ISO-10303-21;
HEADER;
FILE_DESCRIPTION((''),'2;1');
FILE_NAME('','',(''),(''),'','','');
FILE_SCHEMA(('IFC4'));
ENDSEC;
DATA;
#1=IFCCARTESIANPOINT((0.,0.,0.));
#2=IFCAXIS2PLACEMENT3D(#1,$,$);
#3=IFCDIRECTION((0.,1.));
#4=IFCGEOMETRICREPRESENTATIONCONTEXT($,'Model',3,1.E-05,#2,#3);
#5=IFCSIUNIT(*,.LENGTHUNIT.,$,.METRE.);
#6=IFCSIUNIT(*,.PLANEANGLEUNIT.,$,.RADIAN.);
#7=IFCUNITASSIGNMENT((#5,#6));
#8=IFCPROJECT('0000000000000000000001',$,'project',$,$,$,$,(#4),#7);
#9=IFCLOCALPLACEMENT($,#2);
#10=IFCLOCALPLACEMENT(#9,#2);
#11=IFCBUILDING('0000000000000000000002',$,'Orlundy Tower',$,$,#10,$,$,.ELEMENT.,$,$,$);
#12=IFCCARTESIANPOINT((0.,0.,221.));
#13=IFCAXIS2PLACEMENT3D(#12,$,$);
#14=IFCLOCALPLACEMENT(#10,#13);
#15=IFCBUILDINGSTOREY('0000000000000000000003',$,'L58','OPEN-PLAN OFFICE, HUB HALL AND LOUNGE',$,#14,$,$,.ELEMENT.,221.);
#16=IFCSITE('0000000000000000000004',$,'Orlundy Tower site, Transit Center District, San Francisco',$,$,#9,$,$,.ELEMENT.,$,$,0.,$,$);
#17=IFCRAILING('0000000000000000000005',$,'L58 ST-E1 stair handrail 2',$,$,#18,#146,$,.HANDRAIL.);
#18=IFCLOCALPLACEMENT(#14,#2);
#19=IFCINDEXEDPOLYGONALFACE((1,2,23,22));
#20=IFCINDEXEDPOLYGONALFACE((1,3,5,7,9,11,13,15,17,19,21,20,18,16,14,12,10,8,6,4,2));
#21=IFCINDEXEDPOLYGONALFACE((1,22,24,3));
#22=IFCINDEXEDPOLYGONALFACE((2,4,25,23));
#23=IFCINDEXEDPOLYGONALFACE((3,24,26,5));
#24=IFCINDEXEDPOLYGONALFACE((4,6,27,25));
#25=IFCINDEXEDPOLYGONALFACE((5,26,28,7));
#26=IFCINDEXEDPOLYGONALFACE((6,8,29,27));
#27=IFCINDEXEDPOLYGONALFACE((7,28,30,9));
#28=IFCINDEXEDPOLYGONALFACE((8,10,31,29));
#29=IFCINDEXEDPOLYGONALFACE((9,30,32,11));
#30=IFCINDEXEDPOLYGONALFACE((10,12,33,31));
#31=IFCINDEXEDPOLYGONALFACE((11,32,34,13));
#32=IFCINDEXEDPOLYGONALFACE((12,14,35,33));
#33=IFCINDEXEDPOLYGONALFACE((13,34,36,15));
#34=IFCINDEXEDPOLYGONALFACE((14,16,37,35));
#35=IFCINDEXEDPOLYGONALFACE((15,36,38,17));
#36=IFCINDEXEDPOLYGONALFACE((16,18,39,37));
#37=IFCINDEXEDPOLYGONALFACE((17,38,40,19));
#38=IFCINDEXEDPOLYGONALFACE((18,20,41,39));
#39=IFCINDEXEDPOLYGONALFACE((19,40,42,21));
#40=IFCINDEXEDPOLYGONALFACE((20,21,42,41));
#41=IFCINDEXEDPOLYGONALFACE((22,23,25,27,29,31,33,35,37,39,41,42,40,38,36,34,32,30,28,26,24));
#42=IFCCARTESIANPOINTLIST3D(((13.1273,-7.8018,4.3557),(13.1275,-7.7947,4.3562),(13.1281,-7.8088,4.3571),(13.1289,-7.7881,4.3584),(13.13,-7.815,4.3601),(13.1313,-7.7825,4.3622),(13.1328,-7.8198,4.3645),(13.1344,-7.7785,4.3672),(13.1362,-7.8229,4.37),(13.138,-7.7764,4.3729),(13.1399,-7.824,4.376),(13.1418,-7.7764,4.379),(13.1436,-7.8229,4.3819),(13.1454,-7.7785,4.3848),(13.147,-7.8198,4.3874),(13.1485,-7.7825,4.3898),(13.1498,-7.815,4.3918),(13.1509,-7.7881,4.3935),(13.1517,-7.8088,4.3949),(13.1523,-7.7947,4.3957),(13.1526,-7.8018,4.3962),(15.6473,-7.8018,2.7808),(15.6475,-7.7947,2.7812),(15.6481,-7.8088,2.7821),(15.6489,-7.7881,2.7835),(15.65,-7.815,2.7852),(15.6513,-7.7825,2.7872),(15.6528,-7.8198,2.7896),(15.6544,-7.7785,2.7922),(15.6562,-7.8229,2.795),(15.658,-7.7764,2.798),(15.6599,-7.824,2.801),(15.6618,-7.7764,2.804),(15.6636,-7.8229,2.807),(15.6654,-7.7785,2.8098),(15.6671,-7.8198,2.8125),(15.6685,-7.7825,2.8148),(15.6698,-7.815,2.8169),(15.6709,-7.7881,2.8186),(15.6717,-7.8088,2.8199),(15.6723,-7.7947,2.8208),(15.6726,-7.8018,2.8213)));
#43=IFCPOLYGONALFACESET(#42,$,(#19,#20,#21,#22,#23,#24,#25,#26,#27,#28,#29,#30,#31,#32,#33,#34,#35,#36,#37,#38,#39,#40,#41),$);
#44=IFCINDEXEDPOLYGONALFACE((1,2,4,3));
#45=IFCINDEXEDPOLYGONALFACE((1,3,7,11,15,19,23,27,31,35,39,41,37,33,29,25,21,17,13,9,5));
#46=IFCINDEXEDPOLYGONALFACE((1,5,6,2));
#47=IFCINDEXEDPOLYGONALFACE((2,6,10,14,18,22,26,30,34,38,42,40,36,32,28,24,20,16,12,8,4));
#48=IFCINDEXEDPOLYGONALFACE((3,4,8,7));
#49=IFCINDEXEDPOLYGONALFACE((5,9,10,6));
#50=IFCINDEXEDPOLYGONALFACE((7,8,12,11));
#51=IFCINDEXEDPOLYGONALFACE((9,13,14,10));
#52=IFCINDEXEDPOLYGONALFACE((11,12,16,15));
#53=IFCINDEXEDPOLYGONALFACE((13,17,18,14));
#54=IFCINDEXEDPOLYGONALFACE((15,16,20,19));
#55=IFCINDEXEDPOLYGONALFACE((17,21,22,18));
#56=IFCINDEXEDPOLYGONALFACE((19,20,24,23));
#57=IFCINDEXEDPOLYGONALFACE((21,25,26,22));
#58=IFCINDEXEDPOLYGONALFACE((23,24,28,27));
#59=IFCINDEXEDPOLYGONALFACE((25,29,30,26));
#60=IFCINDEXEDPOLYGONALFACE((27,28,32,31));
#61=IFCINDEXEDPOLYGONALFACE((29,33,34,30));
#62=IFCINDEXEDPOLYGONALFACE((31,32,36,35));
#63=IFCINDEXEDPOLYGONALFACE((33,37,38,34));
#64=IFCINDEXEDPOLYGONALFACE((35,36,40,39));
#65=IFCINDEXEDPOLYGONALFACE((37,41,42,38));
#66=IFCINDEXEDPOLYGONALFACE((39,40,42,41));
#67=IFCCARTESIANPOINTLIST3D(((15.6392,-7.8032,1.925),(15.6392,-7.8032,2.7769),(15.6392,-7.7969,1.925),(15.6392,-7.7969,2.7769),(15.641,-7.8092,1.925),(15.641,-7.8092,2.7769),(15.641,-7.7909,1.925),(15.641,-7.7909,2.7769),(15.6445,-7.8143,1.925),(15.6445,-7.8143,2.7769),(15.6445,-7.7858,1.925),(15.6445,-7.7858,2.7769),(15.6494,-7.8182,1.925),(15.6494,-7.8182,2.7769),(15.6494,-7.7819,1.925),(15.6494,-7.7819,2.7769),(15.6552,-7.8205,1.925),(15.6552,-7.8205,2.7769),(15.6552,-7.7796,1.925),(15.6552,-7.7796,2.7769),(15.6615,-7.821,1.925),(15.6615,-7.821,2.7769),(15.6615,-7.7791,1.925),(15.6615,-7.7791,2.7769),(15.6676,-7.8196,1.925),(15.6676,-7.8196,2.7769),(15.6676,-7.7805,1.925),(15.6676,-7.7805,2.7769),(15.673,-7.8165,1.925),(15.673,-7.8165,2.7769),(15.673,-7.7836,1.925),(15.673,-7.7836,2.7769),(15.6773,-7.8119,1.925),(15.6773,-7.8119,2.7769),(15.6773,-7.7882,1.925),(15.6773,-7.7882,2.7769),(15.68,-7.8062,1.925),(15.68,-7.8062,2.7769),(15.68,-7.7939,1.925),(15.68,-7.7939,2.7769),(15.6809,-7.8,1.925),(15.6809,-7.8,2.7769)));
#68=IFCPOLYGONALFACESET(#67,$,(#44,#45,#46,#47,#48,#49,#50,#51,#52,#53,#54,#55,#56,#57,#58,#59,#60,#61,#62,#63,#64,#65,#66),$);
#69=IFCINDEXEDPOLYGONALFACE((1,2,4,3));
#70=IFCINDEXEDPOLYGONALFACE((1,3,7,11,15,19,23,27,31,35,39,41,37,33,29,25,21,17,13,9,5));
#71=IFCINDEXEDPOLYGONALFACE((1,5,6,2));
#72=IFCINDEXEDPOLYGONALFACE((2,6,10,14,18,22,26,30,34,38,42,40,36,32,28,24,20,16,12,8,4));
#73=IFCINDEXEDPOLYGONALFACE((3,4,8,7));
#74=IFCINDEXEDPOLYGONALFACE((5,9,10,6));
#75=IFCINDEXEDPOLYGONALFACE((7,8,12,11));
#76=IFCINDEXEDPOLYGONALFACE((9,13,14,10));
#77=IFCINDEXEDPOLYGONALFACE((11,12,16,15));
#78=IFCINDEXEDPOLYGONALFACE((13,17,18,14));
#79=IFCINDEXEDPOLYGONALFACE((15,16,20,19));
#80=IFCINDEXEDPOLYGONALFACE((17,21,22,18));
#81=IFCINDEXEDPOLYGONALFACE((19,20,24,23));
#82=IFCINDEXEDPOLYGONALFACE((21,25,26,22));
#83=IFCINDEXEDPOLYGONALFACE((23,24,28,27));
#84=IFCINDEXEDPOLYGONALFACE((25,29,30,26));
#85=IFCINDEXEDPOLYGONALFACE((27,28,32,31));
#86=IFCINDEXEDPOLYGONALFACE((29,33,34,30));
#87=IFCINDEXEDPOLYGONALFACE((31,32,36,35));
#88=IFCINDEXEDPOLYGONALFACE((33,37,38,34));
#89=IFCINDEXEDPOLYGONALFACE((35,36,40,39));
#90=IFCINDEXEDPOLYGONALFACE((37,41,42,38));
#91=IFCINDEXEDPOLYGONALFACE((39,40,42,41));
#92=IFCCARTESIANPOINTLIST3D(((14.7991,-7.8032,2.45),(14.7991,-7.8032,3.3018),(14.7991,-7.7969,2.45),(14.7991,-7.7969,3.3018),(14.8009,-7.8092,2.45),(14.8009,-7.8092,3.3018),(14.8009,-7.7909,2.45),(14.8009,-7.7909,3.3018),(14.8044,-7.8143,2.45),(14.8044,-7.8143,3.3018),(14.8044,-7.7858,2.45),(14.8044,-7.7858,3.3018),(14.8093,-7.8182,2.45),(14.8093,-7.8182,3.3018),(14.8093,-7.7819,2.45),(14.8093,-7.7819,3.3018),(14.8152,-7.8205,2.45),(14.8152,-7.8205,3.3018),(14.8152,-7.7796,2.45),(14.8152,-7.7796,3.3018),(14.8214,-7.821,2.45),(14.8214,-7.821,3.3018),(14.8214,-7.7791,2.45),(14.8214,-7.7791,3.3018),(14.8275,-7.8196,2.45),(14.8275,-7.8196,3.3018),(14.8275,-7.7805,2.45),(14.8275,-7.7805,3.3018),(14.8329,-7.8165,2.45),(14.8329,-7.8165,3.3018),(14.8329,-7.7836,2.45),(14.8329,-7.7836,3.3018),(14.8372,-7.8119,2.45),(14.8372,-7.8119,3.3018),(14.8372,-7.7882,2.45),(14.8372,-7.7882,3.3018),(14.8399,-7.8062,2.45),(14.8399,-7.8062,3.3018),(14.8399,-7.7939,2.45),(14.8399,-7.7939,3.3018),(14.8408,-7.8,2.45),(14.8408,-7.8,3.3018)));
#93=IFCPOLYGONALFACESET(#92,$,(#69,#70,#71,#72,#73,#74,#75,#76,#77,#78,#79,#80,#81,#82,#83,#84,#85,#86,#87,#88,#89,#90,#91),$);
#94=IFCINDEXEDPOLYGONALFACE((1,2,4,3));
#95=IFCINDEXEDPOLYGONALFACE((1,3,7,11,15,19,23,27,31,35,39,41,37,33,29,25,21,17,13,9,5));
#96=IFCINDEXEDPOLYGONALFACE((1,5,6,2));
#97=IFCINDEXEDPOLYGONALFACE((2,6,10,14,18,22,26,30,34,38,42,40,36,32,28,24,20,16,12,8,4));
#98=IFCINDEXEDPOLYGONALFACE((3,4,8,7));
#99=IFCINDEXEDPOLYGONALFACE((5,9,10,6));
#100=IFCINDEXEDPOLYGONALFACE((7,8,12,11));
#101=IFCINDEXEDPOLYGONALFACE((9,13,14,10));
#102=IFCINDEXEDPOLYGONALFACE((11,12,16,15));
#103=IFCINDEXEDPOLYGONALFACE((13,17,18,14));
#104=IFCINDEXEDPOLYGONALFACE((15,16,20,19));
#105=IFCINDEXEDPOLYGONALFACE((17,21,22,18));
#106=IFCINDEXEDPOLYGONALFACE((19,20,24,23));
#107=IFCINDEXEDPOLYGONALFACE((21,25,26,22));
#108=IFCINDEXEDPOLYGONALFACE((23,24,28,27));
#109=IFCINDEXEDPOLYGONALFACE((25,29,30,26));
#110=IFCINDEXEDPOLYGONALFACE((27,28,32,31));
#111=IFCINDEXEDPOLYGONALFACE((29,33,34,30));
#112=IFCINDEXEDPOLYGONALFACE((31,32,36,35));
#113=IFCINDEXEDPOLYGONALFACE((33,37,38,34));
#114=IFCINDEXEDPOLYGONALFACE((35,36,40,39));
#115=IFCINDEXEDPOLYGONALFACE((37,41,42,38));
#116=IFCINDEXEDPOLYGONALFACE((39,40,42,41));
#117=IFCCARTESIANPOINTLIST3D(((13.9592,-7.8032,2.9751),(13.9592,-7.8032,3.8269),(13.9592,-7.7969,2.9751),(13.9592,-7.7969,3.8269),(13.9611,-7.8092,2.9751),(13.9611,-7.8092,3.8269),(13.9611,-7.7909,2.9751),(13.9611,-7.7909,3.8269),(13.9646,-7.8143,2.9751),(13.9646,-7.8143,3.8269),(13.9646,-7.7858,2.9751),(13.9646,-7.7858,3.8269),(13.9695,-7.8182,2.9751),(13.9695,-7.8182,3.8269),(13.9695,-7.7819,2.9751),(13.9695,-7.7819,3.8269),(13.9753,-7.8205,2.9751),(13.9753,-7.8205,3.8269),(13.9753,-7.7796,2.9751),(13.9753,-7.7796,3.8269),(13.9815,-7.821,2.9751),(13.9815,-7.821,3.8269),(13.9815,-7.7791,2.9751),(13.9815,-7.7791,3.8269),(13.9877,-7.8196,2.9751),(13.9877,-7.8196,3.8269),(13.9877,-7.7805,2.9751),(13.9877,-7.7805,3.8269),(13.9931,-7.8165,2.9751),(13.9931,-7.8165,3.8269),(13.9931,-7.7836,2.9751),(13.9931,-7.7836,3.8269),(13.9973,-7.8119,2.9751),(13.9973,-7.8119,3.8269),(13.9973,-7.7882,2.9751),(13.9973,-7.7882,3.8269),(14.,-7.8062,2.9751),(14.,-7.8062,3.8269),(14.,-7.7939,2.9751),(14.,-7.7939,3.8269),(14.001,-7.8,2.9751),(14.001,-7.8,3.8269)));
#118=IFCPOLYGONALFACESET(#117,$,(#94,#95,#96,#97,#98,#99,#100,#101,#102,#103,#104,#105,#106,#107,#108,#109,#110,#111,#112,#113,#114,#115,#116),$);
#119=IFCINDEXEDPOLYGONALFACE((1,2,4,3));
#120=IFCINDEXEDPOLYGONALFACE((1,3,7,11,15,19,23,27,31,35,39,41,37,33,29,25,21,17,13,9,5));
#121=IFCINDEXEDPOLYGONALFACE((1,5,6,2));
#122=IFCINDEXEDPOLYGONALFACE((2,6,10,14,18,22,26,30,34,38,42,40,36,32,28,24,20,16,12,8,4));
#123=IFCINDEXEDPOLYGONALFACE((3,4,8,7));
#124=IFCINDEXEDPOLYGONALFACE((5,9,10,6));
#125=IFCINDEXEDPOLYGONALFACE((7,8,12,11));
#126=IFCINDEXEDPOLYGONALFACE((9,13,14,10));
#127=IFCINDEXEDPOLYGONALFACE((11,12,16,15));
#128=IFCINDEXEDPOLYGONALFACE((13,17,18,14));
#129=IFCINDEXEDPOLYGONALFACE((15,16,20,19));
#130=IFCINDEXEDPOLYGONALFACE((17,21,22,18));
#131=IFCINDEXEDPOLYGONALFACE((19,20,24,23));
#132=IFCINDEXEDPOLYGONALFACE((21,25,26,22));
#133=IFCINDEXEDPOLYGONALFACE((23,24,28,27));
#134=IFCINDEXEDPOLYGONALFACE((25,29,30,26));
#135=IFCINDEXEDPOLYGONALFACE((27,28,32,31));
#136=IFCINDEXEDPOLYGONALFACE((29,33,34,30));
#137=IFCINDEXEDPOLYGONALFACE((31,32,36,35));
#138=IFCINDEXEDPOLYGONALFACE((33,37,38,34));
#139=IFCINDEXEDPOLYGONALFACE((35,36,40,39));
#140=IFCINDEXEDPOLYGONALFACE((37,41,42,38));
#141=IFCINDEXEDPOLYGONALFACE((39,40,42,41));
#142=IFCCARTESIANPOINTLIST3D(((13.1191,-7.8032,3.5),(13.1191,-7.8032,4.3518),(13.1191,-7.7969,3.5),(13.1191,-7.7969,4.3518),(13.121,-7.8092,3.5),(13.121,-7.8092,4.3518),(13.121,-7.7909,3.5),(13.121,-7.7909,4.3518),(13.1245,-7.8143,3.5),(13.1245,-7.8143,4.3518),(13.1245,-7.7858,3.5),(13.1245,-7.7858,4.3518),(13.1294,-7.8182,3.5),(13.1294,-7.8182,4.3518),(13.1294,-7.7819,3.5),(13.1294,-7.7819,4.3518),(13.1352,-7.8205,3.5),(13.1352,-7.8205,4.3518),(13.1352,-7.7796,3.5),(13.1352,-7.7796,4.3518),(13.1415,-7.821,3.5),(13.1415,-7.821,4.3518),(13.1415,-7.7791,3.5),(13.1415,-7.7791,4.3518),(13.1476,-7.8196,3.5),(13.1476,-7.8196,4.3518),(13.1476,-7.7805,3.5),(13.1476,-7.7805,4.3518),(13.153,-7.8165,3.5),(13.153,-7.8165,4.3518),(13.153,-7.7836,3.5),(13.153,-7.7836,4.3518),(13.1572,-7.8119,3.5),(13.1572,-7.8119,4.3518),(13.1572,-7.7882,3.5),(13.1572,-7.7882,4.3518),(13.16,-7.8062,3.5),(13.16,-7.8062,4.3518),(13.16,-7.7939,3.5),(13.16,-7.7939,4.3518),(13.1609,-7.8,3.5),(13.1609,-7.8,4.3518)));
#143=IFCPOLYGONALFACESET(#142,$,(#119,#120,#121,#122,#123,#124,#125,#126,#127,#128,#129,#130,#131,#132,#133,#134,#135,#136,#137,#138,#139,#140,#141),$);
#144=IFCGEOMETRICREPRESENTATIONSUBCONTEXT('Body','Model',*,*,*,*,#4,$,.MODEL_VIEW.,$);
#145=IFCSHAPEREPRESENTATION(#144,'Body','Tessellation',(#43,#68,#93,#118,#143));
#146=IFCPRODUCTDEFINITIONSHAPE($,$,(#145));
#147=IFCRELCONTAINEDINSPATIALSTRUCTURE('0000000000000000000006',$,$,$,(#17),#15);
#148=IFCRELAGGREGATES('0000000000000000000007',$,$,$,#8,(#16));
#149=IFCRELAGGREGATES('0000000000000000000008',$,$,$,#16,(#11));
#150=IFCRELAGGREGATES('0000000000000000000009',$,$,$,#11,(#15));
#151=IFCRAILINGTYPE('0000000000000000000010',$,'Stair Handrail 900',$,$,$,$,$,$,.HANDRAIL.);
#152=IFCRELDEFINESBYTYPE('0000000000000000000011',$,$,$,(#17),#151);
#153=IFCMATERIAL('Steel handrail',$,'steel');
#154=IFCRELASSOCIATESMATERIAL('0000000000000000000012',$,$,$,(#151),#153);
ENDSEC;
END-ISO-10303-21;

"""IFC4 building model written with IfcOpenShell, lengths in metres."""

from ifc_helpers import new_model, si_unit, direction, frame, origin, origin_2d, place, context, subcontext, project, spatial, circle, extrude, material, type_object, element, save


model = new_model("IFC4")

# Units and contexts
model_context = context("Model", 3, precision=1e-05, world=origin(), true_north=direction((0.0, 1.0)))
body_context = subcontext(model_context, "Body", "Model", "MODEL_VIEW")
ifc_project = project(units=[si_unit("LENGTHUNIT", "METRE"), si_unit("PLANEANGLEUNIT", "RADIAN")], contexts=[model_context])

# Site, building, storey
site_placement = place(None, origin())
site = spatial("IfcSite", under=ifc_project, at=site_placement, Name="Orlundy Tower site, Transit Center District, San Francisco", CompositionType="ELEMENT", RefElevation=0.0)
building_placement = place(site_placement, origin())
building = spatial("IfcBuilding", under=site, at=building_placement, Name="Orlundy Tower", CompositionType="ELEMENT")
storey_placement = place(building_placement, frame((0.0, 0.0, 221.0)))
storey = spatial("IfcBuildingStorey", under=building, at=storey_placement, Name="L58", Description="OPEN-PLAN OFFICE, HUB HALL AND LOUNGE", CompositionType="ELEMENT", Elevation=221.0)

# Railing
ifc_material_1 = material(Name="Steel handrail", Category="steel")
railing_type_1 = type_object("IfcRailingType", Name="Stair Handrail 900", PredefinedType="HANDRAIL", material=ifc_material_1)
railing_1_placement = place(storey_placement, frame((15.6599, -7.8, 1.925)))
element("IfcRailing", 1, at=railing_1_placement, inside=storey, type_object=railing_type_1, Name="L58 ST-E1 stair handrail 2", PredefinedType="HANDRAIL", context=body_context, shape_type="SweptSolid", body=[
    extrude(circle(Radius=0.0239, at=origin_2d()), frame((0.0, 0.0, 0.876), z_axis=(-0.848008, 0.0, 0.529984), x_axis=(0.0, -1.0, 0.0)), (0.0, 0.0, 1.0), 2.9717),
    extrude(circle(Radius=0.021, at=origin_2d()), origin(), (0.0, 0.0, 1.0), 0.8518),
    extrude(circle(Radius=0.021, at=origin_2d()), frame((-0.8401, 0.0, 0.5249)), (0.0, 0.0, 1.0), 0.8518),
    extrude(circle(Radius=0.021, at=origin_2d()), frame((-1.6799, 0.0, 1.05)), (0.0, 0.0, 1.0), 0.8518),
    extrude(circle(Radius=0.021, at=origin_2d()), frame((-2.52, 0.0, 1.575)), (0.0, 0.0, 1.0), 0.8518),
])

save(model, "model.ifc")
